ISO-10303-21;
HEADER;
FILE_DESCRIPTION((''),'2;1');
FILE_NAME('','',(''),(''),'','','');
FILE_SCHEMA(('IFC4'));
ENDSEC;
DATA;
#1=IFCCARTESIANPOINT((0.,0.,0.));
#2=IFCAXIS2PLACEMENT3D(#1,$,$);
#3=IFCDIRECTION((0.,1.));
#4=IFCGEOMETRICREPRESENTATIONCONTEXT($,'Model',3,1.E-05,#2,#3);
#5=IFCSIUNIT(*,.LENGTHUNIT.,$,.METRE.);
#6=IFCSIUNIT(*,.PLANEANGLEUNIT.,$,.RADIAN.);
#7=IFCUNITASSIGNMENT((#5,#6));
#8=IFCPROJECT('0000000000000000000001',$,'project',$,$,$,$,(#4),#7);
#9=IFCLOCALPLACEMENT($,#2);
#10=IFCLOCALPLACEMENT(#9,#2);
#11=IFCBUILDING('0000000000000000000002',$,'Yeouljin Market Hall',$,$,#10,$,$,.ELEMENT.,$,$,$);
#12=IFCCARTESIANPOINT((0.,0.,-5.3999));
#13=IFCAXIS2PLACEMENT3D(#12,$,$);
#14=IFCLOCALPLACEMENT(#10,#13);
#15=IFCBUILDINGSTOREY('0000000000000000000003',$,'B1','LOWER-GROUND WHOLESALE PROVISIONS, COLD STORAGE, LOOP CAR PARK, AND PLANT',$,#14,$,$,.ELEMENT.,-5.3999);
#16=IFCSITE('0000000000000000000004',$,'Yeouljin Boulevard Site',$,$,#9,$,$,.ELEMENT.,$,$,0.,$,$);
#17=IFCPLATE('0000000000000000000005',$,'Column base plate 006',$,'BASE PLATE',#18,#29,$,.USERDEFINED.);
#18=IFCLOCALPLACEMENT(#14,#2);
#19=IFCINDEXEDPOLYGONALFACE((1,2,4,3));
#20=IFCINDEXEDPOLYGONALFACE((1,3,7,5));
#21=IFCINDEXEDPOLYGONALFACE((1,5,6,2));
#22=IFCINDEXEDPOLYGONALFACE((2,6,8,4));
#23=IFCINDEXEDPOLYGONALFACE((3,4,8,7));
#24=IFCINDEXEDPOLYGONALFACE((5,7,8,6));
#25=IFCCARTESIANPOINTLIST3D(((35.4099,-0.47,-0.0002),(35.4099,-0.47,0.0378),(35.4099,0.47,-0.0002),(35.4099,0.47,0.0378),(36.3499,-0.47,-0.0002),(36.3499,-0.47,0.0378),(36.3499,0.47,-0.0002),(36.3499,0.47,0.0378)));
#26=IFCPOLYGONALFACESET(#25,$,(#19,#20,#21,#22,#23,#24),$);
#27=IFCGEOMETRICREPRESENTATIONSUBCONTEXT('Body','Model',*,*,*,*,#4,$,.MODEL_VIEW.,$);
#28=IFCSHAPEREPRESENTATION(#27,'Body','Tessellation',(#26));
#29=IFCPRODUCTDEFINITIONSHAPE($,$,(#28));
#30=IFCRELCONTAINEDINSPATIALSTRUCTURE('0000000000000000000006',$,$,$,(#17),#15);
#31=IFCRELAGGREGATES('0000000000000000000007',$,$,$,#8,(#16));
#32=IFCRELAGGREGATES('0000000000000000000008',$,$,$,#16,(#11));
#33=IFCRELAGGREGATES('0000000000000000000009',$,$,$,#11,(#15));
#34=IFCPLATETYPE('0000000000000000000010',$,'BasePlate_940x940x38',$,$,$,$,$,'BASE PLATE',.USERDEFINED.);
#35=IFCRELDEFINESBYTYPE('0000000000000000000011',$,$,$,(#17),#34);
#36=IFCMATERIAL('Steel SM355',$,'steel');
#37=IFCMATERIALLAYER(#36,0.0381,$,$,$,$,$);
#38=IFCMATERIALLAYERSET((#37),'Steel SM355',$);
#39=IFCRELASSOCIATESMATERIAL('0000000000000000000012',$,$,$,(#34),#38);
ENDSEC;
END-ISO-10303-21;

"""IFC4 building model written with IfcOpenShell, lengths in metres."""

from ifc_helpers import new_model, si_unit, direction, frame, origin, origin_2d, place, context, subcontext, project, spatial, rectangle, extrude, material, layer, layer_set, type_object, element, save


model = new_model("IFC4")

# Units and contexts
model_context = context("Model", 3, precision=1e-05, world=origin(), true_north=direction((0.0, 1.0)))
body_context = subcontext(model_context, "Body", "Model", "MODEL_VIEW")
ifc_project = project(units=[si_unit("LENGTHUNIT", "METRE"), si_unit("PLANEANGLEUNIT", "RADIAN")], contexts=[model_context])

# Site, building, storey
site_placement = place(None, origin())
site = spatial("IfcSite", under=ifc_project, at=site_placement, Name="Yeouljin Boulevard Site", CompositionType="ELEMENT", RefElevation=0.0)
building_placement = place(site_placement, origin())
building = spatial("IfcBuilding", under=site, at=building_placement, Name="Yeouljin Market Hall", CompositionType="ELEMENT")
storey_placement = place(building_placement, frame((0.0, 0.0, -5.3999)))
storey = spatial("IfcBuildingStorey", under=building, at=storey_placement, Name="B1", Description="LOWER-GROUND WHOLESALE PROVISIONS, COLD STORAGE, LOOP CAR PARK, AND PLANT", CompositionType="ELEMENT", Elevation=-5.3999)

# Plate
ifc_material_1 = material(Name="Steel SM355", Category="steel")
ifc_layer_1 = layer(ifc_material_1, 0.0381)
ifc_layer_set_1 = layer_set([ifc_layer_1], Name="Steel SM355")
plate_type_1 = type_object("IfcPlateType", Name="BasePlate_940x940x38", ElementType="BASE PLATE", PredefinedType="USERDEFINED", material=ifc_layer_set_1)
plate_1_placement = place(storey_placement, frame((35.8799, 0.0, -0.0002), z_axis=(0.0, 0.0, 1.0), x_axis=(1.0, 0.0, 0.0)))
element("IfcPlate", 1, at=plate_1_placement, inside=storey, type_object=plate_type_1, Name="Column base plate 006", ObjectType="BASE PLATE", PredefinedType="USERDEFINED", context=body_context, shape_type="SweptSolid", body=[
    extrude(rectangle(XDim=0.9399, YDim=0.9399, at=origin_2d()), origin(), (0.0, 0.0, 1.0), 0.0381),
])

save(model, "model.ifc")
